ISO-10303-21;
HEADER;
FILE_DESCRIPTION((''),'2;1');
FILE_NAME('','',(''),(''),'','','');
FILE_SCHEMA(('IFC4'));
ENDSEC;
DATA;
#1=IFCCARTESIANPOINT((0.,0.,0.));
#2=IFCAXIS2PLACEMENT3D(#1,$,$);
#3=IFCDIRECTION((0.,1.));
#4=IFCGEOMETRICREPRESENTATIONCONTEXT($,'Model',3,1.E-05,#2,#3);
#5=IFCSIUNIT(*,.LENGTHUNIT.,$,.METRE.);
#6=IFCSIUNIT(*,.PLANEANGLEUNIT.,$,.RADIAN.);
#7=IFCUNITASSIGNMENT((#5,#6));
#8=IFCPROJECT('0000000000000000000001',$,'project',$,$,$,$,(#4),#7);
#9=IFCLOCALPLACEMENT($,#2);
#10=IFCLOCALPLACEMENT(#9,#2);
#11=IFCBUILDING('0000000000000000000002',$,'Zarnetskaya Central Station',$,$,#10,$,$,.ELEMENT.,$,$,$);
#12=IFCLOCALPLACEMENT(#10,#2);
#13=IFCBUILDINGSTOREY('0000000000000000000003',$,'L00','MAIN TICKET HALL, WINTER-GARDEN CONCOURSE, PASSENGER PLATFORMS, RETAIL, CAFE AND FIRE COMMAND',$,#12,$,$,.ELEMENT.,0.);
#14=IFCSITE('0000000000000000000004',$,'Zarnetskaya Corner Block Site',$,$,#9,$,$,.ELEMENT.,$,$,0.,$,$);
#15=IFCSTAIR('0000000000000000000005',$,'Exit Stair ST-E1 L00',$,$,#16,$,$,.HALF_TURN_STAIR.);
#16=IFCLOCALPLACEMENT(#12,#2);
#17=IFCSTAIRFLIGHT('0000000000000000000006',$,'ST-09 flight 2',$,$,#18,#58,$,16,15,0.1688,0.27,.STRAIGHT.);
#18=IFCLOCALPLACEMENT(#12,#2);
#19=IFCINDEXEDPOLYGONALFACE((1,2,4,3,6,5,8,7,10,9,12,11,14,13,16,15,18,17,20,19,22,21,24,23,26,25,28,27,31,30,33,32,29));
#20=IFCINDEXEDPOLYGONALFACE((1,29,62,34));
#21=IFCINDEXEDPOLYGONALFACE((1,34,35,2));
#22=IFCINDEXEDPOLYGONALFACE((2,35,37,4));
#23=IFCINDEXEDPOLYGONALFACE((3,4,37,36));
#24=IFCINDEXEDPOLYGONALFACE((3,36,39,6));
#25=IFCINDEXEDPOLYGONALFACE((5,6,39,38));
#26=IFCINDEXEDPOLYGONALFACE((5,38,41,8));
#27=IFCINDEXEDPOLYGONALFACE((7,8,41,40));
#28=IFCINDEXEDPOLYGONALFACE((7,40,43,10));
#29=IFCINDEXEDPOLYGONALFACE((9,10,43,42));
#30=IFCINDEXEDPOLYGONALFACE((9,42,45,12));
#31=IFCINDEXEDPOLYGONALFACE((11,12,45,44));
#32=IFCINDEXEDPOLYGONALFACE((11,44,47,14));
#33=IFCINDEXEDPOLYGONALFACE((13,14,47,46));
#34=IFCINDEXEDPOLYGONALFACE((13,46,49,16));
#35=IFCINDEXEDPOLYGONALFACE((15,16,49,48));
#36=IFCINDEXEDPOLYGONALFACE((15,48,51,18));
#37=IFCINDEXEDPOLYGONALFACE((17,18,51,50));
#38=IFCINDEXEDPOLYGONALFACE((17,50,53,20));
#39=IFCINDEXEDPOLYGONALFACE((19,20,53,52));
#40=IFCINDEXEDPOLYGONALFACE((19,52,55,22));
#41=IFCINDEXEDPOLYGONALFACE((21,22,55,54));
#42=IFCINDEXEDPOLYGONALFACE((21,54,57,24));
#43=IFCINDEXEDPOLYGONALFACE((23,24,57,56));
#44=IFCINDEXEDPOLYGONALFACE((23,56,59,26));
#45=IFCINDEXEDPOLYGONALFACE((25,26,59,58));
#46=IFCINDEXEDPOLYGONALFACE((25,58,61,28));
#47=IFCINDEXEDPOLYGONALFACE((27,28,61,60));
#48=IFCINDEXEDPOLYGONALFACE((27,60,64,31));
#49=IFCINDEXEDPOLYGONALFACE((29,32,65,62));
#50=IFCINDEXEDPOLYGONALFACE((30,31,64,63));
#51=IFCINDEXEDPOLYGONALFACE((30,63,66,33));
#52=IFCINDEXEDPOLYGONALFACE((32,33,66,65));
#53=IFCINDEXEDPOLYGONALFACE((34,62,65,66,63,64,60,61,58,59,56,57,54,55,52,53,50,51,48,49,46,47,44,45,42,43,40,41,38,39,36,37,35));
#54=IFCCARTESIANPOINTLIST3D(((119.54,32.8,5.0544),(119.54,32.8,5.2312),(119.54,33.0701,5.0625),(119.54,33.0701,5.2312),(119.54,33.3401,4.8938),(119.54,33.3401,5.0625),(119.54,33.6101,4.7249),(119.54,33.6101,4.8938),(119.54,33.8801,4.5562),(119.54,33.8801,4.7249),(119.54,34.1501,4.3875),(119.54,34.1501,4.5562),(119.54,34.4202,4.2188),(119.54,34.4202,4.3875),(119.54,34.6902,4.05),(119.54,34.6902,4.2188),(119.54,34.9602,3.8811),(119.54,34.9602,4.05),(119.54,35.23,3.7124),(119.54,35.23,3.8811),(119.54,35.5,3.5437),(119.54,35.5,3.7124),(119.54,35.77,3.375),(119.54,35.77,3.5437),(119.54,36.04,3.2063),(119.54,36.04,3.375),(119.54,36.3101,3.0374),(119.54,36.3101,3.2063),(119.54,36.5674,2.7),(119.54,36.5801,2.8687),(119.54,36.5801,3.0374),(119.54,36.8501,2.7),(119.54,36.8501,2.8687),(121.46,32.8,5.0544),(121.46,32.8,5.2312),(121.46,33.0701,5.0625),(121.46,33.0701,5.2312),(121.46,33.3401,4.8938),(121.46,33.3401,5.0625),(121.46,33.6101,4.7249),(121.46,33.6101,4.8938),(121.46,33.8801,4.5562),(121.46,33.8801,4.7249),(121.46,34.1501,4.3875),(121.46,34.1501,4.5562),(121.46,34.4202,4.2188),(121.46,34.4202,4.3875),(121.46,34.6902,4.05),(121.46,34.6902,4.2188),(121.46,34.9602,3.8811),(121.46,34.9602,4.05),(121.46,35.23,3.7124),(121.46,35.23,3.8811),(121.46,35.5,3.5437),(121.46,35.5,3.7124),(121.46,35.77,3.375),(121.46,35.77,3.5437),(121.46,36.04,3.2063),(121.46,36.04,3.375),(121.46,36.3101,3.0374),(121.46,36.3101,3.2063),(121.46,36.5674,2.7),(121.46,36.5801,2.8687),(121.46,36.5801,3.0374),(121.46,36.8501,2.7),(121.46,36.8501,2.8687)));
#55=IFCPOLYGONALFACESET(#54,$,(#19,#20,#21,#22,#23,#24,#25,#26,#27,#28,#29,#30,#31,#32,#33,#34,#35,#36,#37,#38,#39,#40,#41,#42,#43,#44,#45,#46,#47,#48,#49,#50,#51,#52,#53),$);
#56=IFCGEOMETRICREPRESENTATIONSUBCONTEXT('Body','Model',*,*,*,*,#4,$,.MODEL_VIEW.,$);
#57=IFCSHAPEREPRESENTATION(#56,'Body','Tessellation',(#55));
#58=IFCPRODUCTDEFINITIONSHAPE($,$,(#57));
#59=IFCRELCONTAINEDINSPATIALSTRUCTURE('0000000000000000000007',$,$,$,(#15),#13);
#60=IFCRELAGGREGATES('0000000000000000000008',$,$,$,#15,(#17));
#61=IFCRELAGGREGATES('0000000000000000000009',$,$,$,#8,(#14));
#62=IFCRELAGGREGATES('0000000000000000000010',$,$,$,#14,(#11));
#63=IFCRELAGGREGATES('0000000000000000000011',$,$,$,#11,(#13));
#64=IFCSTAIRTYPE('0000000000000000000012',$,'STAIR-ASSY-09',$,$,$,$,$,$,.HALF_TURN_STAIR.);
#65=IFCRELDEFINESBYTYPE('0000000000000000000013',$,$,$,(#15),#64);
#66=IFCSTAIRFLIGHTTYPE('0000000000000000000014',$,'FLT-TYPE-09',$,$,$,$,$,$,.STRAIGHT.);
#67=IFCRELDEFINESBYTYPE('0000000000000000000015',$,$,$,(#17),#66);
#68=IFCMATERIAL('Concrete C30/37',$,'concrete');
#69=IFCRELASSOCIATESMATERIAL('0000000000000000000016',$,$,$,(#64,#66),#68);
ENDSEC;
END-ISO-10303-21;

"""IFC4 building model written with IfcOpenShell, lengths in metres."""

from ifc_helpers import new_model, si_unit, direction, frame, origin, place, context, subcontext, project, spatial, polyline, outline, extrude, material, type_object, element, aggregate, save


model = new_model("IFC4")

# Units and contexts
model_context = context("Model", 3, precision=1e-05, world=origin(), true_north=direction((0.0, 1.0)))
body_context = subcontext(model_context, "Body", "Model", "MODEL_VIEW")
ifc_project = project(units=[si_unit("LENGTHUNIT", "METRE"), si_unit("PLANEANGLEUNIT", "RADIAN")], contexts=[model_context])

# Site, building, storey
site_placement = place(None, origin())
site = spatial("IfcSite", under=ifc_project, at=site_placement, Name="Zarnetskaya Corner Block Site", CompositionType="ELEMENT", RefElevation=0.0)
building_placement = place(site_placement, origin())
building = spatial("IfcBuilding", under=site, at=building_placement, Name="Zarnetskaya Central Station", CompositionType="ELEMENT")
storey_placement = place(building_placement, origin())
storey = spatial("IfcBuildingStorey", under=building, at=storey_placement, Name="L00", Description="MAIN TICKET HALL, WINTER-GARDEN CONCOURSE, PASSENGER PLATFORMS, RETAIL, CAFE AND FIRE COMMAND", CompositionType="ELEMENT", Elevation=0.0)

# Stair, stair flight
ifc_material_1 = material(Name="Concrete C30/37", Category="concrete")
stair_type = type_object("IfcStairType", Name="STAIR-ASSY-09", PredefinedType="HALF_TURN_STAIR", material=ifc_material_1)
stair_placement = place(storey_placement, origin())
stair = element("IfcStair", 1, at=stair_placement, inside=storey, type_object=stair_type, Name="Exit Stair ST-E1 L00", PredefinedType="HALF_TURN_STAIR")
stair_flight_type = type_object("IfcStairFlightType", Name="FLT-TYPE-09", PredefinedType="STRAIGHT", material=ifc_material_1)
stair_flight_placement = place(storey_placement, frame((120.5, 36.8501, 2.7), z_axis=(0.0, 0.0, 1.0), x_axis=(0.0, -1.0, 0.0)))
stair_flight = element("IfcStairFlight", 2, at=stair_flight_placement, type_object=stair_flight_type, Name="ST-09 flight 2", NumberOfRisers=16, NumberOfTreads=15, PredefinedType="STRAIGHT", RiserHeight=0.1688, TreadLength=0.27, context=body_context, shape_type="SweptSolid", body=[
    extrude(outline(polyline([(0.0, 0.0), (0.0, 0.1687), (0.27, 0.1687), (0.27, 0.3374), (0.54, 0.3374), (0.54, 0.5063), (0.8101, 0.5063), (0.8101, 0.675), (1.0801, 0.675), (1.0801, 0.8438), (1.3501, 0.8438), (1.3501, 1.0125), (1.6201, 1.0125), (1.6201, 1.1812), (1.8899, 1.1812), (1.8899, 1.3501), (2.1599, 1.3501), (2.1599, 1.5188), (2.4299, 1.5188), (2.4299, 1.6875), (2.7, 1.6875), (2.7, 1.8562), (2.97, 1.8562), (2.97, 2.0249), (3.24, 2.0249), (3.24, 2.1938), (3.51, 2.1938), (3.51, 2.3625), (3.78, 2.3625), (3.78, 2.5312), (4.05, 2.5312), (4.05, 2.7), (4.05, 2.3545), (0.2827, 0.0), (0.0, 0.0)])), frame((0.0, 0.96, 0.0), z_axis=(0.0, -1.0, 0.0), x_axis=(1.0, 0.0, 0.0)), (0.0, 0.0, 1.0), 1.9199),
])
aggregate(stair, [stair_flight])

save(model, "model.ifc")
